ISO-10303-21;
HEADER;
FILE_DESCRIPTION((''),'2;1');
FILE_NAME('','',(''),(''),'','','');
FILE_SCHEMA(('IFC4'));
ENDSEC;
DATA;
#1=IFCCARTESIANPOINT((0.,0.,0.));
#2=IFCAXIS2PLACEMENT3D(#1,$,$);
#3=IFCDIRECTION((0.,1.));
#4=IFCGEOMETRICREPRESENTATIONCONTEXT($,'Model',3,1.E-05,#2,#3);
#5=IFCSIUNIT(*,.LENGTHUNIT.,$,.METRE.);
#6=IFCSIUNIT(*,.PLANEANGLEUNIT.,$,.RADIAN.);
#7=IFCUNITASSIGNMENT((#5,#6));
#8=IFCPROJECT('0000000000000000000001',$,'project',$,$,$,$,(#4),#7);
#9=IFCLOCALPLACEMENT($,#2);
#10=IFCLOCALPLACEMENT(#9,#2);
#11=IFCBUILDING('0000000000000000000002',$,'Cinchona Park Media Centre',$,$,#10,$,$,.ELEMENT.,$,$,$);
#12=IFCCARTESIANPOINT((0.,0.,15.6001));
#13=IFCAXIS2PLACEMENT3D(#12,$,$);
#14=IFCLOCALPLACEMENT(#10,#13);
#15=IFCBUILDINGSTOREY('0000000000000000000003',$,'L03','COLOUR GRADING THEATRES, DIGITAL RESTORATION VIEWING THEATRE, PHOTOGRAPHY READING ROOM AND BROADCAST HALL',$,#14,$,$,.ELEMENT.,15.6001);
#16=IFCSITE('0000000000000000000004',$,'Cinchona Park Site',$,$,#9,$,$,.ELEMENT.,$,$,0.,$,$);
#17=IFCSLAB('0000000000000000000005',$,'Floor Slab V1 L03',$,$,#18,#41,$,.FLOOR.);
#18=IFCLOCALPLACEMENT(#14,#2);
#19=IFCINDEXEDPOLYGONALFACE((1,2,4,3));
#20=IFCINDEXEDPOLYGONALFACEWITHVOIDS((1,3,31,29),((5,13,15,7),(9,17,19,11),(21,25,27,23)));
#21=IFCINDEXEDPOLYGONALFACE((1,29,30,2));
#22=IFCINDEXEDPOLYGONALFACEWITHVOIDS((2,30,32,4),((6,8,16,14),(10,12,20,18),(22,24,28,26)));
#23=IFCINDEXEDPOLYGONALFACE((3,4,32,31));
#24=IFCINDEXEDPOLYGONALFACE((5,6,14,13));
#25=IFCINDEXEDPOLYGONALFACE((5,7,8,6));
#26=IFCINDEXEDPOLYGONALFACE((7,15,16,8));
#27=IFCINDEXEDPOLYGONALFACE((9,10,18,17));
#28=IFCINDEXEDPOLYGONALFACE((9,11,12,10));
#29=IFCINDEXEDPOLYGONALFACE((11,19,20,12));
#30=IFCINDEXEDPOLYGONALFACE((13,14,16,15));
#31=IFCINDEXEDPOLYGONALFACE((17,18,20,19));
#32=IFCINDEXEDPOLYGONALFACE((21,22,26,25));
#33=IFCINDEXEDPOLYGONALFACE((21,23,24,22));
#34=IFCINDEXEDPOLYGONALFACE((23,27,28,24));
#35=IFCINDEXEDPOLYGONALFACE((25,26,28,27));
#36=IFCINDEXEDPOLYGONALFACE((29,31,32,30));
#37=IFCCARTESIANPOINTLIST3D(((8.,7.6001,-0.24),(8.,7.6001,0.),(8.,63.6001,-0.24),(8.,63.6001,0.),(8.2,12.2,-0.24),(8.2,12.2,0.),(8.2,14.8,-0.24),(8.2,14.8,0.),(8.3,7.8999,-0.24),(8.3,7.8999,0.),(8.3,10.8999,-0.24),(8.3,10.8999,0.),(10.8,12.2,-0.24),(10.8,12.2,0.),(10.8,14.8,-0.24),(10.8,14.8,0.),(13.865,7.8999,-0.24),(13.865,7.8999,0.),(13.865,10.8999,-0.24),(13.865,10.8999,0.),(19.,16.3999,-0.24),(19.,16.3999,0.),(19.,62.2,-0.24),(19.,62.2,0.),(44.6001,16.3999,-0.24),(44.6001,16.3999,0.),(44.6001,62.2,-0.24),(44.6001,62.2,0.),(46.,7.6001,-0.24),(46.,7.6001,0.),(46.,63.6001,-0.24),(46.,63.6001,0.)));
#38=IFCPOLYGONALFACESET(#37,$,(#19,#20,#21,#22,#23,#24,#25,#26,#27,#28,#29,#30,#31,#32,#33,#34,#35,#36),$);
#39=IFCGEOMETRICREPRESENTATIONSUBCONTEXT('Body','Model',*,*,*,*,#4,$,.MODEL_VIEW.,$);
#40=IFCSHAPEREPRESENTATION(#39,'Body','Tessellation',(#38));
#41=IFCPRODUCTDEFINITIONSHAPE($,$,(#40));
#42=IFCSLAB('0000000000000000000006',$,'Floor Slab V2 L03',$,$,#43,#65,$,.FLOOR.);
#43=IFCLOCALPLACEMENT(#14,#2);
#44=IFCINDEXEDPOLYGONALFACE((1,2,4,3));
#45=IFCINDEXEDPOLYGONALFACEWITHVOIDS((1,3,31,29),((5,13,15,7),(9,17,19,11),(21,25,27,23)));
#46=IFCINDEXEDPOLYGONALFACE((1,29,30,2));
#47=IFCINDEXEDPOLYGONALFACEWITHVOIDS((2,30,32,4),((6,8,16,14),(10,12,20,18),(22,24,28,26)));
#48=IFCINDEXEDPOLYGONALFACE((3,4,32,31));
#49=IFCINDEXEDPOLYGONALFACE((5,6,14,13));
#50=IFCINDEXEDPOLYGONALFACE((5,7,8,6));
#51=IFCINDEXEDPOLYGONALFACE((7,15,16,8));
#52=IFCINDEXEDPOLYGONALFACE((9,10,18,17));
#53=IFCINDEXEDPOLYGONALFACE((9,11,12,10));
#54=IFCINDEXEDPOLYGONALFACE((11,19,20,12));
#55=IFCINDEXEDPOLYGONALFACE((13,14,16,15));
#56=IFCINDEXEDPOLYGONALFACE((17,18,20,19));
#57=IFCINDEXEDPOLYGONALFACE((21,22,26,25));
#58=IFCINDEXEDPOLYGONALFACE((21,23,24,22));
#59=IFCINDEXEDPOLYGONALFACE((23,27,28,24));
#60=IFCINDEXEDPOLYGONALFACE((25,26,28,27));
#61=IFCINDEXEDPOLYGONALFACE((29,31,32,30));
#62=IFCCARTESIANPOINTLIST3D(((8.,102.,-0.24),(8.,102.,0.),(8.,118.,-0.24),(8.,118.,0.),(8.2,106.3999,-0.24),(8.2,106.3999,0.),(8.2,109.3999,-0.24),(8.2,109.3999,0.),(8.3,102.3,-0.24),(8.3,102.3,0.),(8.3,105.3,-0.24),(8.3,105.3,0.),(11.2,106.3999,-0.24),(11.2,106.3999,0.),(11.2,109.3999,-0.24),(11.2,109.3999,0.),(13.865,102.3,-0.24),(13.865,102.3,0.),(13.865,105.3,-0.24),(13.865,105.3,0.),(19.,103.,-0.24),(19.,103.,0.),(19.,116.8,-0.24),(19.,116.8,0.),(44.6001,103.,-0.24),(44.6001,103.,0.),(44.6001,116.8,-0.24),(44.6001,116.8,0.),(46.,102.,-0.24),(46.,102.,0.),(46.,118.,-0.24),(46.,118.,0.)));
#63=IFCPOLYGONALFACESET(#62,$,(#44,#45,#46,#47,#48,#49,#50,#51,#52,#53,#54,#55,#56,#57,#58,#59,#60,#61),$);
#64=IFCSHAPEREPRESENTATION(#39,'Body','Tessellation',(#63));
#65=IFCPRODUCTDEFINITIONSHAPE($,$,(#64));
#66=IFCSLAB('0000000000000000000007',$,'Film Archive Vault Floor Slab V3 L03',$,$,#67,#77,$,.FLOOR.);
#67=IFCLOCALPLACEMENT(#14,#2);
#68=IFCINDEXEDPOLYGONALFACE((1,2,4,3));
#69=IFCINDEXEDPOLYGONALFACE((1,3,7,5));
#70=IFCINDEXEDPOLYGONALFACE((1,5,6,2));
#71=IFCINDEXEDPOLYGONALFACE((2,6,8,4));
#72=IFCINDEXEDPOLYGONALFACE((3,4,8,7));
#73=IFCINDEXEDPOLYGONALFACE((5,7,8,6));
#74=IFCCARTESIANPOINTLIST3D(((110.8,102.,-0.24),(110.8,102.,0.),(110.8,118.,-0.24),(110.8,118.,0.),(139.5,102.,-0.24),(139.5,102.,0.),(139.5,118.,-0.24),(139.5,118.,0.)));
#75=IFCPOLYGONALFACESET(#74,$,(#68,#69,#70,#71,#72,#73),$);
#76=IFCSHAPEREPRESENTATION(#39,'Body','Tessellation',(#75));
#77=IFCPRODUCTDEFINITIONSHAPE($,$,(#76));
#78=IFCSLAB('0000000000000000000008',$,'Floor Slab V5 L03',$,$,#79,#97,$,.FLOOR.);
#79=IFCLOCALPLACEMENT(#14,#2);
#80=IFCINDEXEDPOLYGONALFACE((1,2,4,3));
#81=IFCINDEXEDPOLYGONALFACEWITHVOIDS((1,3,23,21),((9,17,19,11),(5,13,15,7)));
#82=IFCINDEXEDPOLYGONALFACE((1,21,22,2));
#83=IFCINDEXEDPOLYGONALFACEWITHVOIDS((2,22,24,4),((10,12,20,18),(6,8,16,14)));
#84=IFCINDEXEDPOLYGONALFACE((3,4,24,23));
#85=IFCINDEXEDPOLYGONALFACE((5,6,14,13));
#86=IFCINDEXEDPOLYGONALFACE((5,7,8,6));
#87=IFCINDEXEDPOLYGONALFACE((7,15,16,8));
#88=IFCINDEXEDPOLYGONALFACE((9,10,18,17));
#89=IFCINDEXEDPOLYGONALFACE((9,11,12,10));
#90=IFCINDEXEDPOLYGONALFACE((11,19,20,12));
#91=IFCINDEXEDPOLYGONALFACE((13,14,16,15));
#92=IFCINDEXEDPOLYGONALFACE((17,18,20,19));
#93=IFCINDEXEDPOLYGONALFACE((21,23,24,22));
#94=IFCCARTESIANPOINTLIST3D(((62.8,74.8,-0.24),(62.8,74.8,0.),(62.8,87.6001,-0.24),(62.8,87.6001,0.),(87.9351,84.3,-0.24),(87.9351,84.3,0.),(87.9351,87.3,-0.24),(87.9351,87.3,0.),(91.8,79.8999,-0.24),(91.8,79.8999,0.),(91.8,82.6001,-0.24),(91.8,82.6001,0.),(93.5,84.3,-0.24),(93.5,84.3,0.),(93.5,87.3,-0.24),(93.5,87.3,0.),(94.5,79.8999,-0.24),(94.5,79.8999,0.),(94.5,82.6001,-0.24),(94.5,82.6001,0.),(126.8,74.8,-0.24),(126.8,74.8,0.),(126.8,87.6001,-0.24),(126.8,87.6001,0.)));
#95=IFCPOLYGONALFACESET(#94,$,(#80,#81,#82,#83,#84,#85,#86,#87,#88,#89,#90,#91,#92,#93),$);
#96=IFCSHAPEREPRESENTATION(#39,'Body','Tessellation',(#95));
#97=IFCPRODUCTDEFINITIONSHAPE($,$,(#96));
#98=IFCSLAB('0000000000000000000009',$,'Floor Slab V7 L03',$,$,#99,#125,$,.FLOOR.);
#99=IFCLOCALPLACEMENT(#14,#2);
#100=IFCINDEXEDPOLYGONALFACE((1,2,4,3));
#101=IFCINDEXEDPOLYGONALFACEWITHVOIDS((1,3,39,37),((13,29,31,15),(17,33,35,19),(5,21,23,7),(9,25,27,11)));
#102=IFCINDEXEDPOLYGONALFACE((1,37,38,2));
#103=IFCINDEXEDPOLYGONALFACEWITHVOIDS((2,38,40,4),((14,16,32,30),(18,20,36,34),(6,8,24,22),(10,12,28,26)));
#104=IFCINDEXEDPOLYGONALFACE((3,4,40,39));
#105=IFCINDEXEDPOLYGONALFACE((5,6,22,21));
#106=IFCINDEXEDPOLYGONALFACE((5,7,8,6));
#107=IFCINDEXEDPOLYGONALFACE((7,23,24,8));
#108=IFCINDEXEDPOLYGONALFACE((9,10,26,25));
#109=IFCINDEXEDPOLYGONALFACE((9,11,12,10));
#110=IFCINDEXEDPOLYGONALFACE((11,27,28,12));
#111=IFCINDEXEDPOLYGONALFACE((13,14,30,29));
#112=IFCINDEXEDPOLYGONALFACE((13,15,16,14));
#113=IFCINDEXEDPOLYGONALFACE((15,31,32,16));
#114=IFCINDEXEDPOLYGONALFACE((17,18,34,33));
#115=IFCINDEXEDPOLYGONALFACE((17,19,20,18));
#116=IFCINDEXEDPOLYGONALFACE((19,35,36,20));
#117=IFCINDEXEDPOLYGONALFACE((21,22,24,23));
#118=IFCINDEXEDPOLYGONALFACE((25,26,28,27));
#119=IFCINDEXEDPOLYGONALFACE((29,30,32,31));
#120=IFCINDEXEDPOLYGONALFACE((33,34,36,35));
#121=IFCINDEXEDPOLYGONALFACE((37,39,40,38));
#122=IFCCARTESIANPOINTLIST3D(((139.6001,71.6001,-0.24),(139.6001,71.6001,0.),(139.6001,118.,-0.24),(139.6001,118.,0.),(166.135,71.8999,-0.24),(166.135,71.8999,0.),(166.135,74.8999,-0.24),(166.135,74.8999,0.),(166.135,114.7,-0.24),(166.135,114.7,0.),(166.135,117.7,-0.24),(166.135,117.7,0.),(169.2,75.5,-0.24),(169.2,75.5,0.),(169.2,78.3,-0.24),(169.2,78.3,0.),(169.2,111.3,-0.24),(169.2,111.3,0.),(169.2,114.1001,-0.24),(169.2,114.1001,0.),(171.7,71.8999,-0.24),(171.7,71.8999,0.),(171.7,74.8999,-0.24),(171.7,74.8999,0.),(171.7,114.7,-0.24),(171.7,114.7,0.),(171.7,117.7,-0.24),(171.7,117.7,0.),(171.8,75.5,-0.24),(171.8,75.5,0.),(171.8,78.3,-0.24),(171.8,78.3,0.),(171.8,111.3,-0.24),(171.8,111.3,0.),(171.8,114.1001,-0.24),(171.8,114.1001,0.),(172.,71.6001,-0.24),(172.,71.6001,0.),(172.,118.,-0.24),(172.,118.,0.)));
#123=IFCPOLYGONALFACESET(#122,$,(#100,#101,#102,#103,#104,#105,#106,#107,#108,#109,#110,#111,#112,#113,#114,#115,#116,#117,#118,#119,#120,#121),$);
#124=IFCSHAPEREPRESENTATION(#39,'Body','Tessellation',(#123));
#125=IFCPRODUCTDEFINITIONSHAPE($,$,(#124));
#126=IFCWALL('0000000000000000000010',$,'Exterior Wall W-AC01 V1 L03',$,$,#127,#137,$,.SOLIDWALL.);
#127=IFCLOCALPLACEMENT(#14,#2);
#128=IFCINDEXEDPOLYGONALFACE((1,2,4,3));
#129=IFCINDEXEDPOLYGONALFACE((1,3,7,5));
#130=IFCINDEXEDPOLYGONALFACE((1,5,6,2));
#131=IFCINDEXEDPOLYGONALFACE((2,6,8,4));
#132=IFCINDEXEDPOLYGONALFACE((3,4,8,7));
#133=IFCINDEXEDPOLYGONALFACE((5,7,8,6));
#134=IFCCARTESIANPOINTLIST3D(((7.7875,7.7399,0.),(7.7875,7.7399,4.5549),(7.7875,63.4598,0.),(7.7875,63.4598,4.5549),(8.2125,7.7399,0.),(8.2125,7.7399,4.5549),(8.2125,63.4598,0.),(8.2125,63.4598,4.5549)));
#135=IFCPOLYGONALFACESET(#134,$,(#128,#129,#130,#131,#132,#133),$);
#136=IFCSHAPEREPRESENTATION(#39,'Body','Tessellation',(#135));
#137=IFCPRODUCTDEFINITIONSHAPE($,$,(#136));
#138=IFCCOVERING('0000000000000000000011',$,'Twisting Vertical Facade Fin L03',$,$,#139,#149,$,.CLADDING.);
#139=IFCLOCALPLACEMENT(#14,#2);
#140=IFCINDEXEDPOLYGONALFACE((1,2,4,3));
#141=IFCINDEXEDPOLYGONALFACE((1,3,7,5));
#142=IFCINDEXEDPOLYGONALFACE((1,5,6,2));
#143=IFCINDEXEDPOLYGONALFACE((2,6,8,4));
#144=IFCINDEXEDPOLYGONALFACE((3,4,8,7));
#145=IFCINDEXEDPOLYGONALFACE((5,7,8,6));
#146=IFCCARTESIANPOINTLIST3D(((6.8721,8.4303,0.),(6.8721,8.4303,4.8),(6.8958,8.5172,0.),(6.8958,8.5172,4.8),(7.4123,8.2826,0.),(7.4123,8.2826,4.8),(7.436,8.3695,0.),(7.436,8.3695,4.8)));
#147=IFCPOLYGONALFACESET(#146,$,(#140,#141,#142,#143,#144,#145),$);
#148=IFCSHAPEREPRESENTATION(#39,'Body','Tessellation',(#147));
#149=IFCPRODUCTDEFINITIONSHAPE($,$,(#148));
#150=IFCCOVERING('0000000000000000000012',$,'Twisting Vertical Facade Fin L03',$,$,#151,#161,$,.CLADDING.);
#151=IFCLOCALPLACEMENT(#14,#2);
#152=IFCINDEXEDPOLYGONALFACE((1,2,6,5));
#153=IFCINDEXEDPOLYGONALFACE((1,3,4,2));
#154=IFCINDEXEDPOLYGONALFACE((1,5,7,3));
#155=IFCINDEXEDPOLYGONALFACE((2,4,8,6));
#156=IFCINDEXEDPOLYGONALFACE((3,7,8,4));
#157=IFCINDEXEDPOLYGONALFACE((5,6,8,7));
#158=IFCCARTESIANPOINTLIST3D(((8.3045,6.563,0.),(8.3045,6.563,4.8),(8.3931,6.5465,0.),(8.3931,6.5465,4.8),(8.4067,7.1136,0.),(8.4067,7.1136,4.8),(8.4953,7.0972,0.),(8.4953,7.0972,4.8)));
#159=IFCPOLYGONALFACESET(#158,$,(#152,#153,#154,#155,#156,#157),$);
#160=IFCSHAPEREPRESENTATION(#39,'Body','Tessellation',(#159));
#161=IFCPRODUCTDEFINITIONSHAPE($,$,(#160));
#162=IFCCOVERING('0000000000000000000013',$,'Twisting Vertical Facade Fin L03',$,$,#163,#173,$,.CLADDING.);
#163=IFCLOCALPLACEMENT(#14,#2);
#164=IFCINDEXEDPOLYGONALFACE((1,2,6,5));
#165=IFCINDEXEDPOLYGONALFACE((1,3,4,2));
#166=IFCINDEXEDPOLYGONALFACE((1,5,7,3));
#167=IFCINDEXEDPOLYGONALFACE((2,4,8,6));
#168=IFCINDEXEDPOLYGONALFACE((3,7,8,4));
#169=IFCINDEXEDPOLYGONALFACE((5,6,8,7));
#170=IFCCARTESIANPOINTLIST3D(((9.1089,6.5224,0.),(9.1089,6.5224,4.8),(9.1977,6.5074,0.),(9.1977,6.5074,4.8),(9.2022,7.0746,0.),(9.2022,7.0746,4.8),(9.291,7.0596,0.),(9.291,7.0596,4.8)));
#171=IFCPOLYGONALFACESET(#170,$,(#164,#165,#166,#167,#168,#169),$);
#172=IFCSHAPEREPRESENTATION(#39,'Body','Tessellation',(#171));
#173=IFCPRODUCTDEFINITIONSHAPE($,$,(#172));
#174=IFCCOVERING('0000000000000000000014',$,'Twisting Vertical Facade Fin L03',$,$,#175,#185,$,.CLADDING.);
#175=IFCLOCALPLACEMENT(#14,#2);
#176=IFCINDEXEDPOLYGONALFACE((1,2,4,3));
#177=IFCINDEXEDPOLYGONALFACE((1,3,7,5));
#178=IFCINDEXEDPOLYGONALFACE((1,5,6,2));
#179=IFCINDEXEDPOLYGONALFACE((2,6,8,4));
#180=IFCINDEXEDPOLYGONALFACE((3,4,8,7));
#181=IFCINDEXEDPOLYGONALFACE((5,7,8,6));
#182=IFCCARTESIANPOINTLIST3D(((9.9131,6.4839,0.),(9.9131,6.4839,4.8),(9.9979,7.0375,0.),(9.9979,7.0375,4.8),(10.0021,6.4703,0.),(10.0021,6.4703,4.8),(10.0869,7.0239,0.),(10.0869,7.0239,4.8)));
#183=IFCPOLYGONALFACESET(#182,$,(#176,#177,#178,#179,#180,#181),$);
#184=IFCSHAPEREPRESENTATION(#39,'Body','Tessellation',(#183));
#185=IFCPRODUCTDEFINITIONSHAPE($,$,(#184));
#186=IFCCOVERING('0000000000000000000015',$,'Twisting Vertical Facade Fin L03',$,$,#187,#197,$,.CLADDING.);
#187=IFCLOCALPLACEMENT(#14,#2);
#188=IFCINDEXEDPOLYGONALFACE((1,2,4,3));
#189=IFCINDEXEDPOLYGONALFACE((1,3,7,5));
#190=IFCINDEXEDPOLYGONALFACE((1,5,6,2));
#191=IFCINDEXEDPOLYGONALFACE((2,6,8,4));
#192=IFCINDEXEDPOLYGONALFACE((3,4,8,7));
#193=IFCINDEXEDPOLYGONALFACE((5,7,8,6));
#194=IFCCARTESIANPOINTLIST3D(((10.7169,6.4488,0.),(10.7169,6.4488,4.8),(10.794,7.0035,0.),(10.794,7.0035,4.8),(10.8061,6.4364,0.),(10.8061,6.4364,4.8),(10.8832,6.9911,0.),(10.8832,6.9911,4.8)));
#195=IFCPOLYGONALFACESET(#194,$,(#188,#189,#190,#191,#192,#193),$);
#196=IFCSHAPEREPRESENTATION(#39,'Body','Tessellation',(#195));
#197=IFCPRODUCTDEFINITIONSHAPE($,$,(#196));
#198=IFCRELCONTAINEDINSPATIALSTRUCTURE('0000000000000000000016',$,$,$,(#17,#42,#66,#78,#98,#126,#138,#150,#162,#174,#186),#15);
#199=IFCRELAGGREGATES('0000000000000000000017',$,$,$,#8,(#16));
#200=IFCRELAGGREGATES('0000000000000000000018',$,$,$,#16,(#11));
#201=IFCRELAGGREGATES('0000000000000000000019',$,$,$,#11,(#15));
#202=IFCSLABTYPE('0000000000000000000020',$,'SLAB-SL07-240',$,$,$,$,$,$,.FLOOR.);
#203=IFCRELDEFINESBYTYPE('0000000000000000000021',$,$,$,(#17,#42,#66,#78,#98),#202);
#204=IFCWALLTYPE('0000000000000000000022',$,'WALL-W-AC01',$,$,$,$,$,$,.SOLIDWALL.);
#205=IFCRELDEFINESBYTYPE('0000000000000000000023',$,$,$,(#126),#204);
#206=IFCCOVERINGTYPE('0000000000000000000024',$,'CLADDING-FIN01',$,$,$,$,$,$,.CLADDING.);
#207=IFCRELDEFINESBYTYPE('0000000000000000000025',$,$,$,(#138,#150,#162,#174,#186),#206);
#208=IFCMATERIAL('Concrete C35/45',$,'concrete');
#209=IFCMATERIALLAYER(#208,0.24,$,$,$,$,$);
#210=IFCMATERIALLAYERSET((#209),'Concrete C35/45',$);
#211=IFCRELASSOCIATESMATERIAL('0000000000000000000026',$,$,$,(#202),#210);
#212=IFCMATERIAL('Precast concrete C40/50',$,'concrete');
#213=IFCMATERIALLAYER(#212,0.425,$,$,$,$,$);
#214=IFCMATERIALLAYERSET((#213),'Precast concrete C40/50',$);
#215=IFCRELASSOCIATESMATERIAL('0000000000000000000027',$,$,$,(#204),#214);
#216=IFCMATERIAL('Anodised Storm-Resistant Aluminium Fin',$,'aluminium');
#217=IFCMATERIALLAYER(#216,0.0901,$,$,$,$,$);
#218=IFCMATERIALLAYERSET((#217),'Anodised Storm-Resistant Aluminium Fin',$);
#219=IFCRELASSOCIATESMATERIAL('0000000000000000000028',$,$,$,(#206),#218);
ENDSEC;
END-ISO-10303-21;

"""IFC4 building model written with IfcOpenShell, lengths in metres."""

from ifc_helpers import new_model, si_unit, direction, frame, frame_2d, origin, origin_2d, place, context, subcontext, project, spatial, polyline, rectangle, outline, extrude, material, layer, layer_set, type_object, element, save


model = new_model("IFC4")

# Units and contexts
model_context = context("Model", 3, precision=1e-05, world=origin(), true_north=direction((0.0, 1.0)))
body_context = subcontext(model_context, "Body", "Model", "MODEL_VIEW")
ifc_project = project(units=[si_unit("LENGTHUNIT", "METRE"), si_unit("PLANEANGLEUNIT", "RADIAN")], contexts=[model_context])

# Site, building, storey
site_placement = place(None, origin())
site = spatial("IfcSite", under=ifc_project, at=site_placement, Name="Cinchona Park Site", CompositionType="ELEMENT", RefElevation=0.0)
building_placement = place(site_placement, origin())
building = spatial("IfcBuilding", under=site, at=building_placement, Name="Cinchona Park Media Centre", CompositionType="ELEMENT")
storey_placement = place(building_placement, frame((0.0, 0.0, 15.6001)))
storey = spatial("IfcBuildingStorey", under=building, at=storey_placement, Name="L03", Description="COLOUR GRADING THEATRES, DIGITAL RESTORATION VIEWING THEATRE, PHOTOGRAPHY READING ROOM AND BROADCAST HALL", CompositionType="ELEMENT", Elevation=15.6001)

# Slabs
ifc_material_1 = material(Name="Concrete C35/45", Category="concrete")
ifc_layer_1 = layer(ifc_material_1, 0.24)
ifc_layer_set_1 = layer_set([ifc_layer_1], Name="Concrete C35/45")
slab_type_1 = type_object("IfcSlabType", Name="SLAB-SL07-240", PredefinedType="FLOOR", material=ifc_layer_set_1)
slab_1_placement = place(storey_placement, frame((0.0, 0.0, -0.24)))
element("IfcSlab", 1, at=slab_1_placement, inside=storey, type_object=slab_type_1, Name="Floor Slab V1 L03", PredefinedType="FLOOR", context=body_context, shape_type="SweptSolid", body=[
    extrude(outline(polyline([(8.0, 7.6001), (46.0, 7.6001), (46.0, 63.6001), (8.0, 63.6001), (8.0, 7.6001)]), holes=[polyline([(8.3, 7.8999), (13.865, 7.8999), (13.865, 10.8999), (8.3, 10.8999), (8.3, 7.8999)]), polyline([(8.2, 12.2), (10.8, 12.2), (10.8, 14.8), (8.2, 14.8), (8.2, 12.2)]), polyline([(19.0, 16.3999), (44.6001, 16.3999), (44.6001, 62.2), (19.0, 62.2), (19.0, 16.3999)])]), origin(), (0.0, 0.0, 1.0), 0.24),
])
slab_2_placement = place(storey_placement, frame((0.0, 0.0, -0.24)))
element("IfcSlab", 2, at=slab_2_placement, inside=storey, type_object=slab_type_1, Name="Floor Slab V2 L03", PredefinedType="FLOOR", context=body_context, shape_type="SweptSolid", body=[
    extrude(outline(polyline([(8.0, 102.0), (46.0, 102.0), (46.0, 118.0), (8.0, 118.0), (8.0, 102.0)]), holes=[polyline([(8.3, 102.3), (13.865, 102.3), (13.865, 105.3), (8.3, 105.3), (8.3, 102.3)]), polyline([(8.2, 106.3999), (11.2, 106.3999), (11.2, 109.3999), (8.2, 109.3999), (8.2, 106.3999)]), polyline([(19.0, 103.0), (44.6001, 103.0), (44.6001, 116.8), (19.0, 116.8), (19.0, 103.0)])]), origin(), (0.0, 0.0, 1.0), 0.24),
])
slab_3_placement = place(storey_placement, frame((0.0, 0.0, -0.24)))
element("IfcSlab", 3, at=slab_3_placement, inside=storey, type_object=slab_type_1, Name="Film Archive Vault Floor Slab V3 L03", PredefinedType="FLOOR", context=body_context, shape_type="SweptSolid", body=[
    extrude(outline(polyline([(110.8, 102.0), (139.5, 102.0), (139.5, 118.0), (110.8, 118.0), (110.8, 102.0)])), origin(), (0.0, 0.0, 1.0), 0.24),
])
slab_4_placement = place(storey_placement, frame((0.0, 0.0, -0.24)))
element("IfcSlab", 4, at=slab_4_placement, inside=storey, type_object=slab_type_1, Name="Floor Slab V5 L03", PredefinedType="FLOOR", context=body_context, shape_type="SweptSolid", body=[
    extrude(outline(polyline([(62.8, 74.8), (126.8, 74.8), (126.8, 87.6001), (62.8, 87.6001), (62.8, 74.8)]), holes=[polyline([(87.9351, 84.3), (93.5, 84.3), (93.5, 87.3), (87.9351, 87.3), (87.9351, 84.3)]), polyline([(91.8, 79.8999), (94.5, 79.8999), (94.5, 82.6001), (91.8, 82.6001), (91.8, 79.8999)])]), origin(), (0.0, 0.0, 1.0), 0.24),
])
slab_5_placement = place(storey_placement, frame((0.0, 0.0, -0.24)))
element("IfcSlab", 5, at=slab_5_placement, inside=storey, type_object=slab_type_1, Name="Floor Slab V7 L03", PredefinedType="FLOOR", context=body_context, shape_type="SweptSolid", body=[
    extrude(outline(polyline([(139.6001, 71.6001), (172.0, 71.6001), (172.0, 118.0), (139.6001, 118.0), (139.6001, 71.6001)]), holes=[polyline([(166.135, 71.8999), (171.7, 71.8999), (171.7, 74.8999), (166.135, 74.8999), (166.135, 71.8999)]), polyline([(169.2, 75.5), (171.8, 75.5), (171.8, 78.3), (169.2, 78.3), (169.2, 75.5)]), polyline([(166.135, 114.7), (171.7, 114.7), (171.7, 117.7), (166.135, 117.7), (166.135, 114.7)]), polyline([(169.2, 111.3), (171.8, 111.3), (171.8, 114.1001), (169.2, 114.1001), (169.2, 111.3)])]), origin(), (0.0, 0.0, 1.0), 0.24),
])

# Wall
ifc_material_2 = material(Name="Precast concrete C40/50", Category="concrete")
ifc_layer_2 = layer(ifc_material_2, 0.425)
ifc_layer_set_2 = layer_set([ifc_layer_2], Name="Precast concrete C40/50")
wall_type = type_object("IfcWallType", Name="WALL-W-AC01", PredefinedType="SOLIDWALL", material=ifc_layer_set_2)
wall_placement = place(storey_placement, frame((8.0, 7.74, 0.0), z_axis=(0.0, 0.0, 1.0), x_axis=(0.0, 1.0, 0.0)))
element("IfcWall", 6, at=wall_placement, inside=storey, type_object=wall_type, Name="Exterior Wall W-AC01 V1 L03", PredefinedType="SOLIDWALL", context=body_context, shape_type="SweptSolid", body=[
    extrude(rectangle(XDim=55.72, YDim=0.425, at=frame_2d((27.8599, 0.0))), origin(), (0.0, 0.0, 1.0), 4.5549),
])

# Coverings
ifc_material_3 = material(Name="Anodised Storm-Resistant Aluminium Fin", Category="aluminium")
ifc_layer_3 = layer(ifc_material_3, 0.0901)
ifc_layer_set_3 = layer_set([ifc_layer_3], Name="Anodised Storm-Resistant Aluminium Fin")
covering_type = type_object("IfcCoveringType", Name="CLADDING-FIN01", PredefinedType="CLADDING", material=ifc_layer_set_3)
for number, where, z_axis, x_axis, name in (
    (7, (7.1541, 8.3999, 0.0), (0.0, 0.0, 1.0), (0.964603, -0.263705, 0.0), "Twisting Vertical Facade Fin L03"),
    (8, (8.3999, 6.8301, 0.0), (0.0, 0.0, 1.0), (0.182579, 0.983191, 0.0), "Twisting Vertical Facade Fin L03"),
    (9, (9.2, 6.791, 0.0), (0.0, 0.0, 1.0), (0.166597, 0.986025, 0.0), "Twisting Vertical Facade Fin L03"),
    (10, (10.0, 6.7539, 0.0), (0.0, 0.0, 1.0), (0.151433, 0.988467, 0.0), "Twisting Vertical Facade Fin L03"),
    (11, (10.8, 6.72, 0.0), (0.0, 0.0, 1.0), (0.137617, 0.990485, 0.0), "Twisting Vertical Facade Fin L03"),
):
    element("IfcCovering", number, at=place(storey_placement, frame(where, z_axis=z_axis, x_axis=x_axis)), inside=storey, type_object=covering_type, Name=name, PredefinedType="CLADDING", context=body_context, shape_type="SweptSolid", body=[
        extrude(rectangle(XDim=0.5601, YDim=0.0901, at=origin_2d()), origin(), (0.0, 0.0, 1.0), 4.8),
    ])

save(model, "model.ifc")
